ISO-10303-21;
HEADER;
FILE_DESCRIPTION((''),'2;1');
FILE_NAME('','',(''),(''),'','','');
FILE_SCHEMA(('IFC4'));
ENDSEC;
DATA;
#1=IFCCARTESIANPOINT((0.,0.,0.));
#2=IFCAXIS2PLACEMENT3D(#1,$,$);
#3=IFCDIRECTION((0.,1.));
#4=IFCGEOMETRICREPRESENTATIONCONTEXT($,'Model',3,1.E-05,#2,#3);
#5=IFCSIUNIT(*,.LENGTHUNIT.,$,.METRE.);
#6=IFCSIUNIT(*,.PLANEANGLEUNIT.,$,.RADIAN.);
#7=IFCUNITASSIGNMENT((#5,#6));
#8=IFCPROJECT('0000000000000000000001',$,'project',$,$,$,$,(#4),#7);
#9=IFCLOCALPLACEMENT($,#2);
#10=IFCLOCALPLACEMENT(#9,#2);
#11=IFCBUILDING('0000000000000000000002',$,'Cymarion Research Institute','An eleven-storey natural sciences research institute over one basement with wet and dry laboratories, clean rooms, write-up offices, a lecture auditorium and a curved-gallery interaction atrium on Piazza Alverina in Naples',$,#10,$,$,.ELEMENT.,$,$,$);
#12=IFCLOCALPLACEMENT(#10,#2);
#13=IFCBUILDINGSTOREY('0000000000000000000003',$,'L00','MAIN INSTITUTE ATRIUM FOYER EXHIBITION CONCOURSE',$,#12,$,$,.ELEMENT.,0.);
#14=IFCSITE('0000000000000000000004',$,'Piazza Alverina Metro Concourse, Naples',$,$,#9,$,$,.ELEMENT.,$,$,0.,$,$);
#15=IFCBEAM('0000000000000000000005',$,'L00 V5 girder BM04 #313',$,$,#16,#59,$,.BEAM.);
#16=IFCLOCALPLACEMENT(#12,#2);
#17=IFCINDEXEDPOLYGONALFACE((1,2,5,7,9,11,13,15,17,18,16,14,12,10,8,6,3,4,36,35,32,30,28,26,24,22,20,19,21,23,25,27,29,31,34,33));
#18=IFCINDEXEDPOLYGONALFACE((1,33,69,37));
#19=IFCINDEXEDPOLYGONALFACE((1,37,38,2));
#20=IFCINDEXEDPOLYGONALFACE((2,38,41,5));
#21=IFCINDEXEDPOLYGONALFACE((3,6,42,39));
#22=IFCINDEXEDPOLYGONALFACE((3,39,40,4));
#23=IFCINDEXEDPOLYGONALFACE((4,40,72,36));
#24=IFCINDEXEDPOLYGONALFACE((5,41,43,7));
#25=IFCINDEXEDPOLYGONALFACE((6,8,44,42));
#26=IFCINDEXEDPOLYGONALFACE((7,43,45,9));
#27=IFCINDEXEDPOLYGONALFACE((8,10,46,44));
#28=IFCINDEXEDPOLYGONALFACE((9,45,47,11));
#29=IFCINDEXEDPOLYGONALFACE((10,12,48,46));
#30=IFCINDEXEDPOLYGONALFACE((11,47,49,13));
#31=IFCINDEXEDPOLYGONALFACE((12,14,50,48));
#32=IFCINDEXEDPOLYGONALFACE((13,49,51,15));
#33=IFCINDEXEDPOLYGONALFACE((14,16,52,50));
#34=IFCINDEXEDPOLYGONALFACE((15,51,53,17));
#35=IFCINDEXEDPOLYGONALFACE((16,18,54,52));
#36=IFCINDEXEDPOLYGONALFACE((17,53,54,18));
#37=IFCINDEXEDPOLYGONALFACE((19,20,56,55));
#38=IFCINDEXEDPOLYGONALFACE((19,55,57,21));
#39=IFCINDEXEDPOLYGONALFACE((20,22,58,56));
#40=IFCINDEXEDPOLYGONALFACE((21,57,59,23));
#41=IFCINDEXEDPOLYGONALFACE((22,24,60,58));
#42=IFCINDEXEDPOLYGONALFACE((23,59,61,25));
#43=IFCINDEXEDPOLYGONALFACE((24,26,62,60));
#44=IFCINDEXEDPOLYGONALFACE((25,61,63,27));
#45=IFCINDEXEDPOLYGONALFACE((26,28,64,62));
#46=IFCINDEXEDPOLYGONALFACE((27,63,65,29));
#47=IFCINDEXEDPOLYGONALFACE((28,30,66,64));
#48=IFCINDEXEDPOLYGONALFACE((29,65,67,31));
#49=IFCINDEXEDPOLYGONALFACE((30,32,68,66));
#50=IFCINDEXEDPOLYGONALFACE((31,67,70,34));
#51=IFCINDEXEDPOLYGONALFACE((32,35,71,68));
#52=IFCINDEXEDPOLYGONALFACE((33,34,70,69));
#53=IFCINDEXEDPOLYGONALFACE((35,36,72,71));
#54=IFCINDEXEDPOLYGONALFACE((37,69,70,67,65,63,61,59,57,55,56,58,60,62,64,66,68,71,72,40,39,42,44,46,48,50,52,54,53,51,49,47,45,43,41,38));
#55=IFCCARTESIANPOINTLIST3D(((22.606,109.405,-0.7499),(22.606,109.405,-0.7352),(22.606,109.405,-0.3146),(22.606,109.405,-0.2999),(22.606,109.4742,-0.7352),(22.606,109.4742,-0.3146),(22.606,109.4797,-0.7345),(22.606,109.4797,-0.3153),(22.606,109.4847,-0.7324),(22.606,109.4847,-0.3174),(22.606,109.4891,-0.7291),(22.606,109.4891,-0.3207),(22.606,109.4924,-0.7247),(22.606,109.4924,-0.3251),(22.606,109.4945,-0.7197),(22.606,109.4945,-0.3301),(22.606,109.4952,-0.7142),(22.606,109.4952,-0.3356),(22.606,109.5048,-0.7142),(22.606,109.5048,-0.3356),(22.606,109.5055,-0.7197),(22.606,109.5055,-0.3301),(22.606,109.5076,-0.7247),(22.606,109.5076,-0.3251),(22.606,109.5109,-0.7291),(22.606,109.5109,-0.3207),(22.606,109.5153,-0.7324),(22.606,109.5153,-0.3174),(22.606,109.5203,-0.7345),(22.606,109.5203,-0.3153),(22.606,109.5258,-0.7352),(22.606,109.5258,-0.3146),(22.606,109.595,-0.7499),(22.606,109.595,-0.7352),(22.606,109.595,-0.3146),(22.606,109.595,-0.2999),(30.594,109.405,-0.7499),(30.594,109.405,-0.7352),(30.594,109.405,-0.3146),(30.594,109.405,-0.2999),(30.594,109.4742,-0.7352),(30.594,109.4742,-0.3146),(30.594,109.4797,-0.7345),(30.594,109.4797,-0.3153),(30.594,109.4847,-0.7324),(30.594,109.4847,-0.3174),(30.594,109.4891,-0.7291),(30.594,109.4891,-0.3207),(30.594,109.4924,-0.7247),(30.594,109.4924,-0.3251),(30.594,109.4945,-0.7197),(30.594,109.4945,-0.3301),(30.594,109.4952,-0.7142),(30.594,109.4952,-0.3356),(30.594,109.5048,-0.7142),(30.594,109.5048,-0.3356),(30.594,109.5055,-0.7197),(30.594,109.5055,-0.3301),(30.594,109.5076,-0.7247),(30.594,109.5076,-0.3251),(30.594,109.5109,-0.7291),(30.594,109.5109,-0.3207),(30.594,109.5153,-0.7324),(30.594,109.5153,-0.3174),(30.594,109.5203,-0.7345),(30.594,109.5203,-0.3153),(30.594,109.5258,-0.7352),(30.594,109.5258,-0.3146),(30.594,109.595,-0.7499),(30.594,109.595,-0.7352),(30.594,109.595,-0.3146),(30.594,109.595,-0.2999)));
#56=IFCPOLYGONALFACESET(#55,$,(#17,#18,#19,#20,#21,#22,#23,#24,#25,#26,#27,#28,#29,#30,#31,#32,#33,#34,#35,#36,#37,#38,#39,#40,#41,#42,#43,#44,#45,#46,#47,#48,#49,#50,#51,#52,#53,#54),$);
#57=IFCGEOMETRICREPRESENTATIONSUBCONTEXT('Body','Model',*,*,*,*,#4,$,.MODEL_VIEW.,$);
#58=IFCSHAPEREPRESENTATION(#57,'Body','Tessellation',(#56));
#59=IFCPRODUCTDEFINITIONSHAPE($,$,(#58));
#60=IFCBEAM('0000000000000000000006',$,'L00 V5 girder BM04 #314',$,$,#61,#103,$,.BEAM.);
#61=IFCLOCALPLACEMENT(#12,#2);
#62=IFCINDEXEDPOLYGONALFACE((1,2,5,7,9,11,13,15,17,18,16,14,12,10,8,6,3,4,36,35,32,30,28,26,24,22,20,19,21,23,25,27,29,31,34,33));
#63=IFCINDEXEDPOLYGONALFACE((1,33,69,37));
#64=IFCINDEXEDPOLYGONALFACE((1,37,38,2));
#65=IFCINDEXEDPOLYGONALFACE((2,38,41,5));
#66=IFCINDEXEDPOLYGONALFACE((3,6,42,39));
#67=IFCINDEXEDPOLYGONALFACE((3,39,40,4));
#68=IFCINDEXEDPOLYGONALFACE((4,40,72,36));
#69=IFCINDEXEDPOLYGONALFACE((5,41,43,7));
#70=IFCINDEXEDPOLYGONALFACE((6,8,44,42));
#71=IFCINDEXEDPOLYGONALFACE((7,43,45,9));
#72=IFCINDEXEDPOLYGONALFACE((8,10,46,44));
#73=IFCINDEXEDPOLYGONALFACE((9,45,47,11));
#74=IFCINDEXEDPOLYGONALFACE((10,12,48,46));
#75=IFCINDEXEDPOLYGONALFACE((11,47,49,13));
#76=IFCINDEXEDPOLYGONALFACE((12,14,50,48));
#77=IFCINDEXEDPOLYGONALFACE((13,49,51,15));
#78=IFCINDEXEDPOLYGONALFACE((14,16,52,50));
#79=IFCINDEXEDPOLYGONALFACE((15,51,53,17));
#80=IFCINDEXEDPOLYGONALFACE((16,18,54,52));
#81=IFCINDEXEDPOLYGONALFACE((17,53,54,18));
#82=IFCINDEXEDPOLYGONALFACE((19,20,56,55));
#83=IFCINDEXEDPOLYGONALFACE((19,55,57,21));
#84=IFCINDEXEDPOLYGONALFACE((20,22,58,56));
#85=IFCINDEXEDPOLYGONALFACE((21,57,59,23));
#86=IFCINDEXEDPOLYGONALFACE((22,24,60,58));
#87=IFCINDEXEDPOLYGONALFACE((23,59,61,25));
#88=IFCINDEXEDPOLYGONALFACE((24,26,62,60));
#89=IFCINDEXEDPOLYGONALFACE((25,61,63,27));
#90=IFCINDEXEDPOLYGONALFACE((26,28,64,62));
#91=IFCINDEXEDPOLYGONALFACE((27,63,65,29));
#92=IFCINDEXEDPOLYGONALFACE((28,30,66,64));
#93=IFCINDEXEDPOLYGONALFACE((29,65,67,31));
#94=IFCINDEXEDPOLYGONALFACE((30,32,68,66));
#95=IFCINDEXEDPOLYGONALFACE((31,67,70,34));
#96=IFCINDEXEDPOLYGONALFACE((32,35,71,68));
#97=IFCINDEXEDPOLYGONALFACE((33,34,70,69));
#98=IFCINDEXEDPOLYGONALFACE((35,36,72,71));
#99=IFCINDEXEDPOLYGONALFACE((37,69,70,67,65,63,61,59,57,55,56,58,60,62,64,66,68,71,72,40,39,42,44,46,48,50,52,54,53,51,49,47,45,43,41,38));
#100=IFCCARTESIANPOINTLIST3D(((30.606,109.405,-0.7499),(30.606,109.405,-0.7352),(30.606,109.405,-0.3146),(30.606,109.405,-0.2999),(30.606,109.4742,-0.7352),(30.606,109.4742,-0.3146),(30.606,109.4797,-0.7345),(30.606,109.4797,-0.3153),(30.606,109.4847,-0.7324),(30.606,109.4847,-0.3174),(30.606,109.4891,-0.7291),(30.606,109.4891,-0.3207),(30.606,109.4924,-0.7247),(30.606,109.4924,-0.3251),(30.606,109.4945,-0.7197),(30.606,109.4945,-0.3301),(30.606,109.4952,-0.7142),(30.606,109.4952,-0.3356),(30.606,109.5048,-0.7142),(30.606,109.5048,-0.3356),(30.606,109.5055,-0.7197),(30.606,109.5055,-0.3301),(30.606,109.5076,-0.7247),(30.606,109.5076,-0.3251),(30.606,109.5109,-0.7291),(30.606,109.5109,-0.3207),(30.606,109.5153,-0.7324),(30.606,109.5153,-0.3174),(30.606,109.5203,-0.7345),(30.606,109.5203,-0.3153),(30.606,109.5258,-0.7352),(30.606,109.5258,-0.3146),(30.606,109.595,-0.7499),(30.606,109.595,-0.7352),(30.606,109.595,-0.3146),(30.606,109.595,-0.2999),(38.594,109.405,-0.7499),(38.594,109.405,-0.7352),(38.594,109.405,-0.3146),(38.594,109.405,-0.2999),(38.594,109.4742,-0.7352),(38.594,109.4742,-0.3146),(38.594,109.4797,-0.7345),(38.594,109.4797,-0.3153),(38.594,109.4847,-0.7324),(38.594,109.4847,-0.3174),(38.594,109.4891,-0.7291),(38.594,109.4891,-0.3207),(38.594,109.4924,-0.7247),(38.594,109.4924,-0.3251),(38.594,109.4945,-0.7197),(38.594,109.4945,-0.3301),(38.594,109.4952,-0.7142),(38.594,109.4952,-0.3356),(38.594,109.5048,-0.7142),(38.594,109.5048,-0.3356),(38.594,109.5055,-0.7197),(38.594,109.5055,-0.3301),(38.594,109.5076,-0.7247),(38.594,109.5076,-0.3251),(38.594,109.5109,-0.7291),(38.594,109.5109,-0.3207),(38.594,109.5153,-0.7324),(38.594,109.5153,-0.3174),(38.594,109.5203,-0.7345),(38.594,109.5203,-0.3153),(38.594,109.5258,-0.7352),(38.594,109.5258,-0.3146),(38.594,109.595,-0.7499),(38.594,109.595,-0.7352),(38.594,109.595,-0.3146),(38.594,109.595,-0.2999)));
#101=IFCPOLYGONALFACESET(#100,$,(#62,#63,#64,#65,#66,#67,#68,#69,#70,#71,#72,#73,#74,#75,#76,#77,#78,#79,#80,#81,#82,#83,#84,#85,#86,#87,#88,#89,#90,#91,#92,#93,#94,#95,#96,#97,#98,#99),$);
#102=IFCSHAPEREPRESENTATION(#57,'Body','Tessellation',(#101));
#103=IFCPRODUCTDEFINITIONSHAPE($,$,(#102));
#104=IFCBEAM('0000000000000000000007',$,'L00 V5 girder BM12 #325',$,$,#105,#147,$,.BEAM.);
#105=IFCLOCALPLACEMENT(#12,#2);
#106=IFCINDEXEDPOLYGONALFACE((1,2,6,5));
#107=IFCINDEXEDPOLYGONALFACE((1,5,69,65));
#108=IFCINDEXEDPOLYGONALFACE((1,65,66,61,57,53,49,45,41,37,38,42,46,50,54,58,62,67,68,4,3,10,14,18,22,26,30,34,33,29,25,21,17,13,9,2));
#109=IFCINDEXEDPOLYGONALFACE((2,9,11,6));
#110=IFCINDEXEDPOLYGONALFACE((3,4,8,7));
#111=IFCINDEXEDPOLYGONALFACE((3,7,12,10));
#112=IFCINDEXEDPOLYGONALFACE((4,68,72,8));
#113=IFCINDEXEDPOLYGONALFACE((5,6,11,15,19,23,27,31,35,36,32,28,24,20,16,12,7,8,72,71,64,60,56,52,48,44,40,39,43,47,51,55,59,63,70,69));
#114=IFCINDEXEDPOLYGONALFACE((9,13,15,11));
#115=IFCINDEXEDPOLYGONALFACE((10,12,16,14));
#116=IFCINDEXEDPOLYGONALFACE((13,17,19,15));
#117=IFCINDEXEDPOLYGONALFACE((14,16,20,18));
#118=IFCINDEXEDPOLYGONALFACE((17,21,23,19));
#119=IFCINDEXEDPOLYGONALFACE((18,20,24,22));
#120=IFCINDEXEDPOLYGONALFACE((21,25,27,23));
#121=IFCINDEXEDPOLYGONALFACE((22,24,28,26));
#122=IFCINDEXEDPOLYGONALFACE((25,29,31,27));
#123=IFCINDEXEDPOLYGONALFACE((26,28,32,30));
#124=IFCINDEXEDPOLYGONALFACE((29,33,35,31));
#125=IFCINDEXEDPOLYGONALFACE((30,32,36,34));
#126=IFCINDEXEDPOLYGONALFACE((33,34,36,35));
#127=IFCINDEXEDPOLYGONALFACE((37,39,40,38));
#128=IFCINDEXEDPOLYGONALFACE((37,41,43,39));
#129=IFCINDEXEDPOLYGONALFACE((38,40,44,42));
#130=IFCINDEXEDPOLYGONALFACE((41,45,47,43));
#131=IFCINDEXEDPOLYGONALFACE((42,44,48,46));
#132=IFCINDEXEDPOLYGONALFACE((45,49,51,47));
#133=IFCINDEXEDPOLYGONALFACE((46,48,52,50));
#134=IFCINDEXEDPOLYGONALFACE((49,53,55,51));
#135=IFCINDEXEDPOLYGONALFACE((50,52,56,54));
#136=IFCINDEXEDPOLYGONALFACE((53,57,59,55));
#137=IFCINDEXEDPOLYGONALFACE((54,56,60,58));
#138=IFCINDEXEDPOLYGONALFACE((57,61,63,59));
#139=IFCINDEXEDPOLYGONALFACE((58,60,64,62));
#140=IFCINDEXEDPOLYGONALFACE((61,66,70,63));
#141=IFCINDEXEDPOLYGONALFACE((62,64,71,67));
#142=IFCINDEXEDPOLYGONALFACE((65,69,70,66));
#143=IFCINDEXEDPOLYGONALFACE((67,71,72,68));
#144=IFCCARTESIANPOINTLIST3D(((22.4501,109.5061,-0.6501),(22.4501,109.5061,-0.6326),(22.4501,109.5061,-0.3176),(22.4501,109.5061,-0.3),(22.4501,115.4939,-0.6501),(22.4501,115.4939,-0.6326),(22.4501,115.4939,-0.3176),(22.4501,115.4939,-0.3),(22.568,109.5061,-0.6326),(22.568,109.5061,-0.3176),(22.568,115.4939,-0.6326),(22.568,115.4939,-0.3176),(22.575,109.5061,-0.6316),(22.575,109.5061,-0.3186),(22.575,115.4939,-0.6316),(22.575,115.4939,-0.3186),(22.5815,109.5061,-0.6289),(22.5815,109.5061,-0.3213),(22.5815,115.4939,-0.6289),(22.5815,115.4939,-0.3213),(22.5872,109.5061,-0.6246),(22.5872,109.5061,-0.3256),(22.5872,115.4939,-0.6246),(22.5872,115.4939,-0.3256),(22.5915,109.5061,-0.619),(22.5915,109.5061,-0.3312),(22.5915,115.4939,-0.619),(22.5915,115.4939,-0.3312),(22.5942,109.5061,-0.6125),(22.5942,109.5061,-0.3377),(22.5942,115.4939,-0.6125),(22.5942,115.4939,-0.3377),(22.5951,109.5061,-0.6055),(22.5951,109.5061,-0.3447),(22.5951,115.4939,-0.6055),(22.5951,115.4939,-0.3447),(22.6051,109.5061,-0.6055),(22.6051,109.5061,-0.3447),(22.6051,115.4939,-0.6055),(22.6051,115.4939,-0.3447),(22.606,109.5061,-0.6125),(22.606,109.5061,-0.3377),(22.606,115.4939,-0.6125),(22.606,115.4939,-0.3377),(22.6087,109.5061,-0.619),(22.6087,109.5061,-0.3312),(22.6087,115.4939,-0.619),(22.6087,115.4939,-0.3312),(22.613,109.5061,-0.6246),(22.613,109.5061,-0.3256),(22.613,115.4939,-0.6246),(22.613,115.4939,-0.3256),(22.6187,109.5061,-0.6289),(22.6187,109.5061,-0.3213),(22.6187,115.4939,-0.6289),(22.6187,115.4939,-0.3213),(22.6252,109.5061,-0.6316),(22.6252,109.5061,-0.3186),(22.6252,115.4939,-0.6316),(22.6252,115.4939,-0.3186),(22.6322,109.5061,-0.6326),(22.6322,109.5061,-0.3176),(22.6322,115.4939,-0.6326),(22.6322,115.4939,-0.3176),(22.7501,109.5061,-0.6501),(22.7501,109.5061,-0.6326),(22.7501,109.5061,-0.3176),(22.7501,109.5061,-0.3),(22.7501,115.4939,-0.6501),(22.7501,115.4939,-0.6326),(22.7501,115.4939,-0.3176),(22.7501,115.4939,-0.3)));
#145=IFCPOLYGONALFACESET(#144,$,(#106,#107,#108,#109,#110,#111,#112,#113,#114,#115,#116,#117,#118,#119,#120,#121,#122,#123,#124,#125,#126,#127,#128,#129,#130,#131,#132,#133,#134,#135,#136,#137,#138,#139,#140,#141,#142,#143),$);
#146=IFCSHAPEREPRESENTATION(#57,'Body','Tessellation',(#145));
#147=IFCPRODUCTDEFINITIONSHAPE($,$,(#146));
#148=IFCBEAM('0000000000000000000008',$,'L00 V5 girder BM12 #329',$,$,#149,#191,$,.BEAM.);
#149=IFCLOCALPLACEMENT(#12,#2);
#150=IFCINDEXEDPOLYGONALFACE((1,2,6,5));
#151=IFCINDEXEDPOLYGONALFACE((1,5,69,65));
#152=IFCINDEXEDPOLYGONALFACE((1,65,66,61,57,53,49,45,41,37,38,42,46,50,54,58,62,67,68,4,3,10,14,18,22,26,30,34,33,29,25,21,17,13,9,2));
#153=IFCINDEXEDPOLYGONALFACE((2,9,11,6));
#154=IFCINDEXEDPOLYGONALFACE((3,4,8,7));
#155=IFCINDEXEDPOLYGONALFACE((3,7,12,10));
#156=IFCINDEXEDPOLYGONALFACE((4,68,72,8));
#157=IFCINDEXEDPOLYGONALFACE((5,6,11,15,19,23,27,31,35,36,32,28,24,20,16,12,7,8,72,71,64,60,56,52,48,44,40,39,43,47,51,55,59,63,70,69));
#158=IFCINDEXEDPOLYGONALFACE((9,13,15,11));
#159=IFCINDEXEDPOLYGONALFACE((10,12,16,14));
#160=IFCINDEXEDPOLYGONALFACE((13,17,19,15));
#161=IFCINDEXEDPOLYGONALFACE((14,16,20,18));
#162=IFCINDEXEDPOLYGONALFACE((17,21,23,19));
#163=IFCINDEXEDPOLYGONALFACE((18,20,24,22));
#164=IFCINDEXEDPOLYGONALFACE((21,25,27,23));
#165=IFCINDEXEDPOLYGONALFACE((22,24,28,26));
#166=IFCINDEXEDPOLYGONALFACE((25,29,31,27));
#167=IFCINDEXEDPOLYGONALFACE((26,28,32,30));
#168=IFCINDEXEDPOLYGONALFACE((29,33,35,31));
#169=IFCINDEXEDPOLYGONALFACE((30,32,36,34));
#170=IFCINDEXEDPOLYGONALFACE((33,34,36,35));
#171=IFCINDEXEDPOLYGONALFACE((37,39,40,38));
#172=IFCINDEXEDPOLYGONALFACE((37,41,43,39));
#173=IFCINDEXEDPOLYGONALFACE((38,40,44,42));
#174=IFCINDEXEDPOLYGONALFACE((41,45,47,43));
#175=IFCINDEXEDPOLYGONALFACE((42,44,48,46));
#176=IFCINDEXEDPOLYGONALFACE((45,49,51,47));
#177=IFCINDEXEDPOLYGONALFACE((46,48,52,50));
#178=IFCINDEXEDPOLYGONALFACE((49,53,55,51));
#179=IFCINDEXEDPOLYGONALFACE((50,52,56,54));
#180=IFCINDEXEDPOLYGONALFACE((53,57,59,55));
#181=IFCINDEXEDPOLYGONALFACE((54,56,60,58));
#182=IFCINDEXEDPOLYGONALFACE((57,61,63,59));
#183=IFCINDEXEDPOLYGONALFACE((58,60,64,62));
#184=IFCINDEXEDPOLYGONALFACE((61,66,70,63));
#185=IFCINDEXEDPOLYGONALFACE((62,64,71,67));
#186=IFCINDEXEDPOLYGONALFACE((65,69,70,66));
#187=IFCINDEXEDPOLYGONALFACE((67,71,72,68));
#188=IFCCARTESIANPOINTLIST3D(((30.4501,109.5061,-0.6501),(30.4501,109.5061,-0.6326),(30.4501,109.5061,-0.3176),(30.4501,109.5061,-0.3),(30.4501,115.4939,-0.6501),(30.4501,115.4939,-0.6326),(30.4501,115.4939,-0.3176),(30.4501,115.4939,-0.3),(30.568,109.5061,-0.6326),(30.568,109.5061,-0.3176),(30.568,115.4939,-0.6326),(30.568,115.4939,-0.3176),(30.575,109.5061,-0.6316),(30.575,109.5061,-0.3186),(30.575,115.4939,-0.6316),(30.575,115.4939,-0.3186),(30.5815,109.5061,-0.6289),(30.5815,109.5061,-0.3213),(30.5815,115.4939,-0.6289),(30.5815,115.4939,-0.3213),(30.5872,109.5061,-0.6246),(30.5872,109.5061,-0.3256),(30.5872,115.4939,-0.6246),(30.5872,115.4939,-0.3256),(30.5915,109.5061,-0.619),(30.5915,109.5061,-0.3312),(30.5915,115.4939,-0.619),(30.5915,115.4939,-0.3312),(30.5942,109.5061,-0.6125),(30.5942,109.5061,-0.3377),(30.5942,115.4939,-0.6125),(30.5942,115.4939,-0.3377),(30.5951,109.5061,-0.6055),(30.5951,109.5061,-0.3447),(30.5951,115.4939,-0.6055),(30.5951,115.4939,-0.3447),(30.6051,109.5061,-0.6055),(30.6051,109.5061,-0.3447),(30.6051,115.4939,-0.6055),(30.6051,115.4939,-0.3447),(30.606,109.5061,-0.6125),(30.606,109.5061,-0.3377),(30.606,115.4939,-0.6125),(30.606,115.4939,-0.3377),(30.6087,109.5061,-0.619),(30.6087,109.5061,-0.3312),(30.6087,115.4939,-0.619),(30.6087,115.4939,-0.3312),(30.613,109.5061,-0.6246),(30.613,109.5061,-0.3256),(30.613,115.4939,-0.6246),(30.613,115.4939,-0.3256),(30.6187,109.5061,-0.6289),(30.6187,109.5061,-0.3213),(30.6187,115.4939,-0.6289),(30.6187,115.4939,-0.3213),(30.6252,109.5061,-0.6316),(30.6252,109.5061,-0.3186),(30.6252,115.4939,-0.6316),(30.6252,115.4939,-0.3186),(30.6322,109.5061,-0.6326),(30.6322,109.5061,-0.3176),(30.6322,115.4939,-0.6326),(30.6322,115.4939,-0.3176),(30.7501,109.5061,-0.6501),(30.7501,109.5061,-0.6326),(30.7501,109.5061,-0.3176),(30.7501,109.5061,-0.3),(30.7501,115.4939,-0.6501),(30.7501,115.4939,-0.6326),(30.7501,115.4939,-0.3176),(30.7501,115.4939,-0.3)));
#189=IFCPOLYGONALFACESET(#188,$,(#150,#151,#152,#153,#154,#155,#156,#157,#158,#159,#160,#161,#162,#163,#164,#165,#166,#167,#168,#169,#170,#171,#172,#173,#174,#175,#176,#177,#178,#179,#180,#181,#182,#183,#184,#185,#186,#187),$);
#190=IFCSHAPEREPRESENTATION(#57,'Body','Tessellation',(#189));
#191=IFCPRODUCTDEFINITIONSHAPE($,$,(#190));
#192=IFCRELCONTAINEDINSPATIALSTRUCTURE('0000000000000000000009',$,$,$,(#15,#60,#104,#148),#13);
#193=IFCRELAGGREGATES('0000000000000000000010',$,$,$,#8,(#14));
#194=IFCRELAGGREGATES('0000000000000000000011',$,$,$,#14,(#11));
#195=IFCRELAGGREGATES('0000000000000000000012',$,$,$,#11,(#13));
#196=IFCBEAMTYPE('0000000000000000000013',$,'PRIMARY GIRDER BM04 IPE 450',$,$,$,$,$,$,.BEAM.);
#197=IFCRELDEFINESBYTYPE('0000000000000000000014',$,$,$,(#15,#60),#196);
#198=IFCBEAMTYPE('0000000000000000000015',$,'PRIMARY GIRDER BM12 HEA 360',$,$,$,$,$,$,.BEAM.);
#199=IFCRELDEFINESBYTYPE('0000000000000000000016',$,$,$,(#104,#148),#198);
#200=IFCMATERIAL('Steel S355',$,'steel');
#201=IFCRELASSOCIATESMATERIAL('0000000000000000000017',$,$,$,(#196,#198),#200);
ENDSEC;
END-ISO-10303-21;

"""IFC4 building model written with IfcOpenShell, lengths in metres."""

from ifc_helpers import new_model, si_unit, direction, frame, origin, origin_2d, place, context, subcontext, project, spatial, i_section, extrude, material, material_profile, profile_set, type_object, element, save


model = new_model("IFC4")

# Units and contexts
model_context = context("Model", 3, precision=1e-05, world=origin(), true_north=direction((0.0, 1.0)))
body_context = subcontext(model_context, "Body", "Model", "MODEL_VIEW")
ifc_project = project(units=[si_unit("LENGTHUNIT", "METRE"), si_unit("PLANEANGLEUNIT", "RADIAN")], contexts=[model_context])

# Site, building, storey
site_placement = place(None, origin())
site = spatial("IfcSite", under=ifc_project, at=site_placement, Name="Piazza Alverina Metro Concourse, Naples", CompositionType="ELEMENT", RefElevation=0.0)
building_placement = place(site_placement, origin())
building = spatial("IfcBuilding", under=site, at=building_placement, Name="Cymarion Research Institute", Description="An eleven-storey natural sciences research institute over one basement with wet and dry laboratories, clean rooms, write-up offices, a lecture auditorium and a curved-gallery interaction atrium on Piazza Alverina in Naples", CompositionType="ELEMENT")
storey_placement = place(building_placement, origin())
storey = spatial("IfcBuildingStorey", under=building, at=storey_placement, Name="L00", Description="MAIN INSTITUTE ATRIUM FOYER EXHIBITION CONCOURSE", CompositionType="ELEMENT", Elevation=0.0)

# Shared definitions
ifc_material_1 = material(Name="Steel S355", Category="steel")

# Beams
ifc_material_profile_1 = material_profile(ifc_material_1, i_section(OverallWidth=0.1899, OverallDepth=0.45, WebThickness=0.0095, FlangeThickness=0.0146, FilletRadius=0.021, at=origin_2d()), Name="IPE 450")
ifc_profile_set_1 = profile_set([ifc_material_profile_1], Name="Steel S355")
beam_type_1 = type_object("IfcBeamType", Name="PRIMARY GIRDER BM04 IPE 450", PredefinedType="BEAM", material=ifc_profile_set_1)
for number, where, z_axis, x_axis, name in (
    (1, (22.606, 109.5, -0.5249), (1.0, 0.0, 0.0), (0.0, 1.0, 0.0), "L00 V5 girder BM04 #313"),
    (2, (30.606, 109.5, -0.5249), (1.0, 0.0, 0.0), (0.0, 1.0, 0.0), "L00 V5 girder BM04 #314"),
):
    element("IfcBeam", number, at=place(storey_placement, frame(where, z_axis=z_axis, x_axis=x_axis)), inside=storey, type_object=beam_type_1, Name=name, PredefinedType="BEAM", context=body_context, shape_type="SweptSolid", body=[
        extrude(i_section(OverallWidth=0.1899, OverallDepth=0.45, WebThickness=0.0095, FlangeThickness=0.0146, FilletRadius=0.021, at=origin_2d()), origin(), (0.0, 0.0, 1.0), 7.988),
    ])
ifc_material_profile_2 = material_profile(ifc_material_1, i_section(OverallWidth=0.3, OverallDepth=0.3501, WebThickness=0.01, FlangeThickness=0.0176, FilletRadius=0.0271, at=origin_2d()), Name="HEA 360")
ifc_profile_set_2 = profile_set([ifc_material_profile_2], Name="Steel S355")
beam_type_2 = type_object("IfcBeamType", Name="PRIMARY GIRDER BM12 HEA 360", PredefinedType="BEAM", material=ifc_profile_set_2)
for number, where, z_axis, x_axis, name in (
    (3, (22.6001, 109.5061, -0.4751), (0.0, 1.0, 0.0), (-1.0, 0.0, 0.0), "L00 V5 girder BM12 #325"),
    (4, (30.6001, 109.5061, -0.4751), (0.0, 1.0, 0.0), (-1.0, 0.0, 0.0), "L00 V5 girder BM12 #329"),
):
    element("IfcBeam", number, at=place(storey_placement, frame(where, z_axis=z_axis, x_axis=x_axis)), inside=storey, type_object=beam_type_2, Name=name, PredefinedType="BEAM", context=body_context, shape_type="SweptSolid", body=[
        extrude(i_section(OverallWidth=0.3, OverallDepth=0.3501, WebThickness=0.01, FlangeThickness=0.0176, FilletRadius=0.0271, at=origin_2d()), origin(), (0.0, 0.0, 1.0), 5.9878),
    ])

save(model, "model.ifc")
